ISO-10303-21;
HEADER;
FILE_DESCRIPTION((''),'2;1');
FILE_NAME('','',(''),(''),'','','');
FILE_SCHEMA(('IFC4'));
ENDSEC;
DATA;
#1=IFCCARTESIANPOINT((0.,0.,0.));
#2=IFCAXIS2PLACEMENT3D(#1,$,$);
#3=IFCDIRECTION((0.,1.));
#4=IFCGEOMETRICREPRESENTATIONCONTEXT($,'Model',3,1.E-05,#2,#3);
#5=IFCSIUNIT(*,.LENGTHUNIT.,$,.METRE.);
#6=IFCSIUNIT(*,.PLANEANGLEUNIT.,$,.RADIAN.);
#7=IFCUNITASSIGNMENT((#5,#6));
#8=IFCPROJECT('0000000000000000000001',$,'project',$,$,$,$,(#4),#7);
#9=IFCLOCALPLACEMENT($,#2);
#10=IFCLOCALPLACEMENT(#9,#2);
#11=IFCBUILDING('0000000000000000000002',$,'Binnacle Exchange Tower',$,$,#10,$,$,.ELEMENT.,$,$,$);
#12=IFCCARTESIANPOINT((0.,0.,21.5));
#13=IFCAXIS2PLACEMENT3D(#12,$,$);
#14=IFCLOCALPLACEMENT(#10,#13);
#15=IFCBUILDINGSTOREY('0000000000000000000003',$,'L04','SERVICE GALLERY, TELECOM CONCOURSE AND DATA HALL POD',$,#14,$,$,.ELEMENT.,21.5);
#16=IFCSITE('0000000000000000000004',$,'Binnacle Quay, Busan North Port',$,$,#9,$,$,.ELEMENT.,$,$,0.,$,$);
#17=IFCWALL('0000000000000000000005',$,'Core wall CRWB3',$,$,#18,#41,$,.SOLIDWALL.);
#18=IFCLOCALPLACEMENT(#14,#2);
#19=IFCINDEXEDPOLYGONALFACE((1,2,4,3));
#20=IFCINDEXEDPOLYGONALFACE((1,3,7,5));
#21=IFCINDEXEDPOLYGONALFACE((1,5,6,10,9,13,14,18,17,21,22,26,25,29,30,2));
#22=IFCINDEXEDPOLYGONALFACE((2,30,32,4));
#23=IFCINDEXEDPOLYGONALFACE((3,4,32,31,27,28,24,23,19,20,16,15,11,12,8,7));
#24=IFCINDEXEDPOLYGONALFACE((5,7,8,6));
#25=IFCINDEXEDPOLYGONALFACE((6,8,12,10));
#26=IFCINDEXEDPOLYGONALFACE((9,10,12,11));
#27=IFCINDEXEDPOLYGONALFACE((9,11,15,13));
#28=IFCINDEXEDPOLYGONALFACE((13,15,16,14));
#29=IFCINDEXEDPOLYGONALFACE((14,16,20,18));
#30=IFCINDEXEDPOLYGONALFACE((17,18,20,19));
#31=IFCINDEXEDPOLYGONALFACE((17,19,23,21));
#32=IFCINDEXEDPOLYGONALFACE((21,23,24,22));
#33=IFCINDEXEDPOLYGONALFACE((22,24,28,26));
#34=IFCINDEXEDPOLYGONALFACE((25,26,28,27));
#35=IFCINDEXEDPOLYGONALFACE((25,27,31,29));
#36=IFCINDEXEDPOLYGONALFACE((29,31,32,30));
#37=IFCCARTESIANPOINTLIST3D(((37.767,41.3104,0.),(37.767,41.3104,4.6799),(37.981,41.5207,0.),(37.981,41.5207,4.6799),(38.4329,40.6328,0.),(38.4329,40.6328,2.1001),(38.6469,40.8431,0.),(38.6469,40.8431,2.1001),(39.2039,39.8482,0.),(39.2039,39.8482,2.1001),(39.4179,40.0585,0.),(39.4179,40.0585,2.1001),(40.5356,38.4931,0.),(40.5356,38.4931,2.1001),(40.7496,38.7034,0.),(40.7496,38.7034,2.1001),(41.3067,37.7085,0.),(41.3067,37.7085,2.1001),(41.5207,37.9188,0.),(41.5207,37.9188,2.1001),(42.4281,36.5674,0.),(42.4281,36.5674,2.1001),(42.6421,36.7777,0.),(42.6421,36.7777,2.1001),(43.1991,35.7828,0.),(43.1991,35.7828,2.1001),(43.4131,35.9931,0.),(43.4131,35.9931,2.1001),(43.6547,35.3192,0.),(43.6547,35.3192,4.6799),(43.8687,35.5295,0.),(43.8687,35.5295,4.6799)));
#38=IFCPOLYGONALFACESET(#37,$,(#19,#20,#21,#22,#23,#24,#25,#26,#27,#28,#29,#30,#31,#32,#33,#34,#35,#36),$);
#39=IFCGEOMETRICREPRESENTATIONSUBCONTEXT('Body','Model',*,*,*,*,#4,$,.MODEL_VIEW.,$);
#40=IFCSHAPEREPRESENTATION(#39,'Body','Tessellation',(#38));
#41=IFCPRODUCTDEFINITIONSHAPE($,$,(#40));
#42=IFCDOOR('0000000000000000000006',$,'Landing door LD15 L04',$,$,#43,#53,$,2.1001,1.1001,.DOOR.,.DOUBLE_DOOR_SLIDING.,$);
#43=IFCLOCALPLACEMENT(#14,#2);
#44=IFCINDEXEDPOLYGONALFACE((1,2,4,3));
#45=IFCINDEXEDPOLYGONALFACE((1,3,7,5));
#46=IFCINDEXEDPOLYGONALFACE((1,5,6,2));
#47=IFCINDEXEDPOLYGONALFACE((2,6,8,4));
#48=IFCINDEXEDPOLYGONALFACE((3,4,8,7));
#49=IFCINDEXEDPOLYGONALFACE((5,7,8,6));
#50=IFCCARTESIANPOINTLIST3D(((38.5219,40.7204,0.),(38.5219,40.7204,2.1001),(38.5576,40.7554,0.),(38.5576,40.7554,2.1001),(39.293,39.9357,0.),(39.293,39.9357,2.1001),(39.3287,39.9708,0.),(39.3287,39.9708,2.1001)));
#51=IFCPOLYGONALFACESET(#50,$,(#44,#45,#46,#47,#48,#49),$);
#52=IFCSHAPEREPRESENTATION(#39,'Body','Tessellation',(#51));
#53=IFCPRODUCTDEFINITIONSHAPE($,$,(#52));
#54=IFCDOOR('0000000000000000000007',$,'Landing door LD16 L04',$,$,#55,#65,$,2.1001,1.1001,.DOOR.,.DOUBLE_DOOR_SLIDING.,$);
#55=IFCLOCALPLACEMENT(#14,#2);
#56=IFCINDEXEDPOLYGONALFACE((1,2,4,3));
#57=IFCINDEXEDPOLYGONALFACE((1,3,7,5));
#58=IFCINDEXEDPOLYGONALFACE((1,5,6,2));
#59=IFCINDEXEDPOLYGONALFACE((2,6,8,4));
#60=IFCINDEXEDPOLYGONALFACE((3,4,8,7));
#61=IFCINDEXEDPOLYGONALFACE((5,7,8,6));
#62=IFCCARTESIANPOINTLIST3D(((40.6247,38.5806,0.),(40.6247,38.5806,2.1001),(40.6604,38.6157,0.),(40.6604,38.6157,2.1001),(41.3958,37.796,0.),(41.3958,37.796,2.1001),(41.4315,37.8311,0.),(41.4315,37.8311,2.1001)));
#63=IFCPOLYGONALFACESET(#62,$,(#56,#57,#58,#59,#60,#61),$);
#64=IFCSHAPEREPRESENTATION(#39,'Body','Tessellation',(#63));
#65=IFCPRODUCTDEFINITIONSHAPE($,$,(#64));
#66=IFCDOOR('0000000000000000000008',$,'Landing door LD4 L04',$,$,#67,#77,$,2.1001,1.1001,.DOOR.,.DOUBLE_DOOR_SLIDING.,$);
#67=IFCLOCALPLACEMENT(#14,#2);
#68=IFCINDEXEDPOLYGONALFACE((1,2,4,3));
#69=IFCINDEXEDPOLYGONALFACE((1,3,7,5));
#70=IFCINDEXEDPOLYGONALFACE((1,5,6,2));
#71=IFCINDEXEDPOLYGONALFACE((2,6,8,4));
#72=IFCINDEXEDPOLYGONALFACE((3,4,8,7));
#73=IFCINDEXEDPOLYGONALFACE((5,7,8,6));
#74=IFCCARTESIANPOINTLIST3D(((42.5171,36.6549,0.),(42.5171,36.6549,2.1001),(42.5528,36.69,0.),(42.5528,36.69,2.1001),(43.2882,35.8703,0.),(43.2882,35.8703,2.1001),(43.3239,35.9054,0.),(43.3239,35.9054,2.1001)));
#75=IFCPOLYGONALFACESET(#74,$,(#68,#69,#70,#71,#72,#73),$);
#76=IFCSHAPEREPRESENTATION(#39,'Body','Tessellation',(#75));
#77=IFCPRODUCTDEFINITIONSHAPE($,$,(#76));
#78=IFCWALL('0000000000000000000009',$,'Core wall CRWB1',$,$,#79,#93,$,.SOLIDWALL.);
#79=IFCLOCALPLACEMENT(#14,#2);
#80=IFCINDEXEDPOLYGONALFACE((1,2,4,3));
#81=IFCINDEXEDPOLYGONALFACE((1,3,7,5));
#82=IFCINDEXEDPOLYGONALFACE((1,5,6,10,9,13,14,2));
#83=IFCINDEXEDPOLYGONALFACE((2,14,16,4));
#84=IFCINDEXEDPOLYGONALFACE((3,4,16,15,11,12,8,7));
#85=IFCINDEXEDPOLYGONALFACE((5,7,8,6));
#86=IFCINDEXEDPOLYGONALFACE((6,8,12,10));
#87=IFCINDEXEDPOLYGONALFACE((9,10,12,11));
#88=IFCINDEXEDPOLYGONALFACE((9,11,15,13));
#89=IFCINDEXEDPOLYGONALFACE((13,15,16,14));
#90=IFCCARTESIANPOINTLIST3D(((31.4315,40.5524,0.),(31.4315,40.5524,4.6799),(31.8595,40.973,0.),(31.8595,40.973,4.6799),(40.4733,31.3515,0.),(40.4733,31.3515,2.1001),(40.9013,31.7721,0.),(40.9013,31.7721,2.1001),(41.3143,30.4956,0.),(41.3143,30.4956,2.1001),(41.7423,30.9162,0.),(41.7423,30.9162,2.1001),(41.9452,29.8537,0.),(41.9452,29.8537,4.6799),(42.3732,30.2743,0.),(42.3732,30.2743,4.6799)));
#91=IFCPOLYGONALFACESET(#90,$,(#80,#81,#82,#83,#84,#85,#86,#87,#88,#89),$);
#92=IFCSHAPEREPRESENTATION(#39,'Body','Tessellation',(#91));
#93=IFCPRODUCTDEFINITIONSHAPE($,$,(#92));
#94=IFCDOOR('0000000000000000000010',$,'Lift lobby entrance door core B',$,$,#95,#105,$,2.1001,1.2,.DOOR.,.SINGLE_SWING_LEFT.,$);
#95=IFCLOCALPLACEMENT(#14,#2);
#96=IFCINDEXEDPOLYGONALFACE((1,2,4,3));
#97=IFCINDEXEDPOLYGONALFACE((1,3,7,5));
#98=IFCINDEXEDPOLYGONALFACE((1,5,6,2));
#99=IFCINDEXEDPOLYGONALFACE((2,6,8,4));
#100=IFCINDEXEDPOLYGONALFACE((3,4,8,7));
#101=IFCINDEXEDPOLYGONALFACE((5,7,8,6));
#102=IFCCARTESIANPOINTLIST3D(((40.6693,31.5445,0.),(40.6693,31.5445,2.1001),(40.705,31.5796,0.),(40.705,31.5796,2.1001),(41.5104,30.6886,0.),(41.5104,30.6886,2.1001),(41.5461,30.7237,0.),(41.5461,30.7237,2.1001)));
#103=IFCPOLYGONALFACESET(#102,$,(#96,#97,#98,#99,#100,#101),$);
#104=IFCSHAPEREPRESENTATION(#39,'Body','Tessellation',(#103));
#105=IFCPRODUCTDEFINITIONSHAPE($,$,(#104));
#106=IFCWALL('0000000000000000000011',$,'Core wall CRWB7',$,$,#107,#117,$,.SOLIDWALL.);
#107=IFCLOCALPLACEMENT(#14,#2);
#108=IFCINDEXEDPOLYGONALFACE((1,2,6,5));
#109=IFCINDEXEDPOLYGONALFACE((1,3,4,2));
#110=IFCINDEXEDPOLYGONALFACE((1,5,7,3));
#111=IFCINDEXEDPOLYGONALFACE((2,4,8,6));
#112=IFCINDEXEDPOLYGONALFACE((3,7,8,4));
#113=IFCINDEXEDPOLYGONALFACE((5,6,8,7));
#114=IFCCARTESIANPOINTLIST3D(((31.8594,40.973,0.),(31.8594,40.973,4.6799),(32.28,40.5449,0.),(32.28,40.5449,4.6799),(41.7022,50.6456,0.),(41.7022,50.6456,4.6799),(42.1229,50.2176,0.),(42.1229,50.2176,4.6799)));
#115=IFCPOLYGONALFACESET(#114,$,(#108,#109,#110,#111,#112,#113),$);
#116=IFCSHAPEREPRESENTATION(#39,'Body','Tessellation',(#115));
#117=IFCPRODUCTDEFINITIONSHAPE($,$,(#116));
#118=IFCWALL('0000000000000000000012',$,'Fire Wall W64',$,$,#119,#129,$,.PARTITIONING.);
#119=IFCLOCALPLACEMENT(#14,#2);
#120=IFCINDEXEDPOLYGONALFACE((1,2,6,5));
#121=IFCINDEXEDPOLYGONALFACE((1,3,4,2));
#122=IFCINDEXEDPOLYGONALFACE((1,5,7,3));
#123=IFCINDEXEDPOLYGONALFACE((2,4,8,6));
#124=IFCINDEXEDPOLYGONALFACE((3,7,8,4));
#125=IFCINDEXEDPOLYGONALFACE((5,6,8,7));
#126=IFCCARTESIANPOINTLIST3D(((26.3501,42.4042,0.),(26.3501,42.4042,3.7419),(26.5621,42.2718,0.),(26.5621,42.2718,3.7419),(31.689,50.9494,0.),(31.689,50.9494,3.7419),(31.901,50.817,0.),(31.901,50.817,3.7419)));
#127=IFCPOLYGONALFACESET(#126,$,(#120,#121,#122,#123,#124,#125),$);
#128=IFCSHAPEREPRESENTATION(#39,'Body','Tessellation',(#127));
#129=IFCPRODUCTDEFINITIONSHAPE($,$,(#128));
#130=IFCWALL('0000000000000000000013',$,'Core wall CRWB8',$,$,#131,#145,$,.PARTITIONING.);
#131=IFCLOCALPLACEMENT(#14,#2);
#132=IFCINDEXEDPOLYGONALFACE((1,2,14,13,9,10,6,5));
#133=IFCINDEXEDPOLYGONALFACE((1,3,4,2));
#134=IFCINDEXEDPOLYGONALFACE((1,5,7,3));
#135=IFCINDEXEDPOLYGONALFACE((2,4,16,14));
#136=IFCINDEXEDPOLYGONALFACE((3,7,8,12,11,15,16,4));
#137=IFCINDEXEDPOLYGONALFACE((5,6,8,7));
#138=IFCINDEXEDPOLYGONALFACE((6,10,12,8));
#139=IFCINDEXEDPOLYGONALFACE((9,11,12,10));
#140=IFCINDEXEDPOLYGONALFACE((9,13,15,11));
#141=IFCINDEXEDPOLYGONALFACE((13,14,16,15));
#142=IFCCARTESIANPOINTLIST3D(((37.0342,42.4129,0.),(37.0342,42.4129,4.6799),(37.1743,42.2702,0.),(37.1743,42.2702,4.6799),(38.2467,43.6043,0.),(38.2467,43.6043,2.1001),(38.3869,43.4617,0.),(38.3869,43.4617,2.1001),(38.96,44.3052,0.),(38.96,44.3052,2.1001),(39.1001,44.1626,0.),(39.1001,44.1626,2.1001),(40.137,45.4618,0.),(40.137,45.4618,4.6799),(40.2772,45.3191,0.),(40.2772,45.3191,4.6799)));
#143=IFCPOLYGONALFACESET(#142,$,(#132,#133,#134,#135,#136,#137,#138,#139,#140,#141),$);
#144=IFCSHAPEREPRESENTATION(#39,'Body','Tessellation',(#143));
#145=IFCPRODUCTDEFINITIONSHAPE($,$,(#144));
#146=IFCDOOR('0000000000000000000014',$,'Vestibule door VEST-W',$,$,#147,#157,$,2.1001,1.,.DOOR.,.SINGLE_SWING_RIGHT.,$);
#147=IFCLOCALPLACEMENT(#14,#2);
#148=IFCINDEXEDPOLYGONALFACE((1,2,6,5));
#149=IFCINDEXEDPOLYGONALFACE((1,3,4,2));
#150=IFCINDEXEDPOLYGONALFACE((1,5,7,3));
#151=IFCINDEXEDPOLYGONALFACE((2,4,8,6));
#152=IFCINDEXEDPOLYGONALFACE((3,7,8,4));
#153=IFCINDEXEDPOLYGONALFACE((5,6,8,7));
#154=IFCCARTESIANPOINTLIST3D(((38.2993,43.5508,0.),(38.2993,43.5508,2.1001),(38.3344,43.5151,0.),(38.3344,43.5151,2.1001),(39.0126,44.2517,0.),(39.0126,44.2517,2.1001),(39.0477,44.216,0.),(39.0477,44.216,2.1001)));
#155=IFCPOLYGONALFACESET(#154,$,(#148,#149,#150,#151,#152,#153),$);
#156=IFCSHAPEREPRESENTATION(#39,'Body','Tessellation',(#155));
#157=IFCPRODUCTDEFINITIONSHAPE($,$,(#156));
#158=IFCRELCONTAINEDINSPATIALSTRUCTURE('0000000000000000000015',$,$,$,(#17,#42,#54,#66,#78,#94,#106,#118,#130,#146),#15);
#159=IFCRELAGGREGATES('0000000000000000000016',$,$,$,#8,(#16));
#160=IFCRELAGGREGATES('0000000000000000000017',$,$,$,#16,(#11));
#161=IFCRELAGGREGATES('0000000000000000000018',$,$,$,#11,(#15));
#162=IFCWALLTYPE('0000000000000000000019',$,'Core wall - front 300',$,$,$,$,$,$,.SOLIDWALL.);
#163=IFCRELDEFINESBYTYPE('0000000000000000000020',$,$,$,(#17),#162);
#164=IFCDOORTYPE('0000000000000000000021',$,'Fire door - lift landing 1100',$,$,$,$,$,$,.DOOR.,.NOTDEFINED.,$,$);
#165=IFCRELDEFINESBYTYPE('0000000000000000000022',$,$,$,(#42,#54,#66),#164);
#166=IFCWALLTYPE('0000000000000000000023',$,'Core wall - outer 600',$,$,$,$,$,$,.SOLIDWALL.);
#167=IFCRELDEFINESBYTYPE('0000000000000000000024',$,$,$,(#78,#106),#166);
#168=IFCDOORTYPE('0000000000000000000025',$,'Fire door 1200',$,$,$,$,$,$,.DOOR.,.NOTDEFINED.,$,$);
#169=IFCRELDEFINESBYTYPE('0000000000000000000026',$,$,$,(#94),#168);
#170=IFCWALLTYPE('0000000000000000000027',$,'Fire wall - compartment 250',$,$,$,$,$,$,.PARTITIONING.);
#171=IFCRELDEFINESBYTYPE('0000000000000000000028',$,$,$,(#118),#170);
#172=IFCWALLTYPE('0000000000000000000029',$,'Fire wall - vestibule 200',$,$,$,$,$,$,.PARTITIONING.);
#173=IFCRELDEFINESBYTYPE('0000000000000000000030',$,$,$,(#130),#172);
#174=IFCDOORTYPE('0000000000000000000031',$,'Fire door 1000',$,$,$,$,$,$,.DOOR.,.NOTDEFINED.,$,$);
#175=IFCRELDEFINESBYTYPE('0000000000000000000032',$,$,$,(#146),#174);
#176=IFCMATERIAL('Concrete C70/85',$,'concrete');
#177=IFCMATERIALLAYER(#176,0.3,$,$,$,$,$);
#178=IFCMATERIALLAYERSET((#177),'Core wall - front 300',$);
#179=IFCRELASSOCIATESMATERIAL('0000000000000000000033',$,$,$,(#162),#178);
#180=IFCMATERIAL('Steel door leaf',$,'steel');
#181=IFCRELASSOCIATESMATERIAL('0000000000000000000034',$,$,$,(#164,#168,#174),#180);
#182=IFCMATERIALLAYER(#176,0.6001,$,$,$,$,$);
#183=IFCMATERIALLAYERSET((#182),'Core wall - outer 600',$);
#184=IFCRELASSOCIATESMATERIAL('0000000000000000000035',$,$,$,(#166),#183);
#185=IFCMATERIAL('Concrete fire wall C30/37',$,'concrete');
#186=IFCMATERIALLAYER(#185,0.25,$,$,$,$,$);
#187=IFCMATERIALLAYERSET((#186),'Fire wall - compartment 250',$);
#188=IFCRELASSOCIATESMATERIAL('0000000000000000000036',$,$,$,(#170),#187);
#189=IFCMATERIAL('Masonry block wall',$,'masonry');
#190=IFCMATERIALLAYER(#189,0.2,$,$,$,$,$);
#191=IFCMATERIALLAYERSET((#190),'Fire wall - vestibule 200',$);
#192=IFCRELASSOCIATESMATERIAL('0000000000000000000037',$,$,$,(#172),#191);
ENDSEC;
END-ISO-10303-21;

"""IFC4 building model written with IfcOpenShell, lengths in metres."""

from ifc_helpers import new_model, si_unit, direction, frame, frame_2d, origin, place, context, subcontext, project, spatial, rectangle, extrude, material, layer, layer_set, type_object, element, fill, save


model = new_model("IFC4")

# Units and contexts
model_context = context("Model", 3, precision=1e-05, world=origin(), true_north=direction((0.0, 1.0)))
body_context = subcontext(model_context, "Body", "Model", "MODEL_VIEW")
ifc_project = project(units=[si_unit("LENGTHUNIT", "METRE"), si_unit("PLANEANGLEUNIT", "RADIAN")], contexts=[model_context])

# Site, building, storey
site_placement = place(None, origin())
site = spatial("IfcSite", under=ifc_project, at=site_placement, Name="Binnacle Quay, Busan North Port", CompositionType="ELEMENT", RefElevation=0.0)
building_placement = place(site_placement, origin())
building = spatial("IfcBuilding", under=site, at=building_placement, Name="Binnacle Exchange Tower", CompositionType="ELEMENT")
storey_placement = place(building_placement, frame((0.0, 0.0, 21.5)))
storey = spatial("IfcBuildingStorey", under=building, at=storey_placement, Name="L04", Description="SERVICE GALLERY, TELECOM CONCOURSE AND DATA HALL POD", CompositionType="ELEMENT", Elevation=21.5)

# Shared definitions
ifc_material_1 = material(Name="Concrete C70/85", Category="concrete")

# Wall, openings, doors
ifc_layer_1 = layer(ifc_material_1, 0.3)
ifc_layer_set_1 = layer_set([ifc_layer_1], Name="Core wall - front 300")
wall_type_1 = type_object("IfcWallType", Name="Core wall - front 300", PredefinedType="SOLIDWALL", material=ifc_layer_set_1)
wall_1_placement = place(storey_placement, frame((37.874, 41.4155, 0.0), z_axis=(0.0, 0.0, 1.0), x_axis=(0.700918, -0.713242, 0.0)))
wall_1 = element("IfcWall", 1, at=wall_1_placement, inside=storey, type_object=wall_type_1, Name="Core wall CRWB3", PredefinedType="SOLIDWALL", context=body_context, shape_type="SweptSolid", body=[
    extrude(rectangle(XDim=8.3999, YDim=0.3, at=frame_2d((4.2, 0.0))), origin(), (0.0, 0.0, 1.0), 4.6799),
])
opening_1_placement = place(wall_1_placement, frame((0.95, 0.0, 0.0)))
opening_1 = element("IfcOpeningElement", 2, at=opening_1_placement, cuts=wall_1, PredefinedType="OPENING", context=body_context, shape_type="SweptSolid", body=[
    extrude(rectangle(XDim=1.1001, YDim=2.1001, at=frame_2d((0.55, 1.05))), frame((0.0, 0.1599, 0.0), z_axis=(0.0, -1.0, 0.0), x_axis=(1.0, 0.0, 0.0)), (0.0, 0.0, 1.0), 0.3201),
])
opening_2_placement = place(wall_1_placement, frame((3.95, 0.0, 0.0)))
opening_2 = element("IfcOpeningElement", 3, at=opening_2_placement, cuts=wall_1, PredefinedType="OPENING", context=body_context, shape_type="SweptSolid", body=[
    extrude(rectangle(XDim=1.1001, YDim=2.1001, at=frame_2d((0.55, 1.05))), frame((0.0, 0.1599, 0.0), z_axis=(0.0, -1.0, 0.0), x_axis=(1.0, 0.0, 0.0)), (0.0, 0.0, 1.0), 0.3201),
])
opening_3_placement = place(wall_1_placement, frame((6.6499, 0.0, 0.0)))
opening_3 = element("IfcOpeningElement", 4, at=opening_3_placement, cuts=wall_1, PredefinedType="OPENING", context=body_context, shape_type="SweptSolid", body=[
    extrude(rectangle(XDim=1.1001, YDim=2.1001, at=frame_2d((0.55, 1.05))), frame((0.0, 0.1599, 0.0), z_axis=(0.0, -1.0, 0.0), x_axis=(1.0, 0.0, 0.0)), (0.0, 0.0, 1.0), 0.3201),
])
ifc_material_2 = material(Name="Steel door leaf", Category="steel")
door_type_1 = type_object("IfcDoorType", Name="Fire door - lift landing 1100", OperationType="NOTDEFINED", PredefinedType="DOOR", material=ifc_material_2)
door_1_placement = place(opening_1_placement, origin())
door_1 = element("IfcDoor", 5, at=door_1_placement, inside=storey, type_object=door_type_1, Name="Landing door LD15 L04", OperationType="DOUBLE_DOOR_SLIDING", OverallHeight=2.1001, OverallWidth=1.1001, PredefinedType="DOOR", context=body_context, shape_type="SweptSolid", body=[
    extrude(rectangle(XDim=1.1001, YDim=2.1001, at=frame_2d((0.55, 1.05))), frame((0.0, 0.0249, 0.0), z_axis=(0.0, -1.0, 0.0), x_axis=(1.0, 0.0, 0.0)), (0.0, 0.0, 1.0), 0.05),
])
fill(opening_1, door_1)
door_2_placement = place(opening_2_placement, origin())
door_2 = element("IfcDoor", 6, at=door_2_placement, inside=storey, type_object=door_type_1, Name="Landing door LD16 L04", OperationType="DOUBLE_DOOR_SLIDING", OverallHeight=2.1001, OverallWidth=1.1001, PredefinedType="DOOR", context=body_context, shape_type="SweptSolid", body=[
    extrude(rectangle(XDim=1.1001, YDim=2.1001, at=frame_2d((0.55, 1.05))), frame((0.0, 0.0249, 0.0), z_axis=(0.0, -1.0, 0.0), x_axis=(1.0, 0.0, 0.0)), (0.0, 0.0, 1.0), 0.05),
])
fill(opening_2, door_2)
door_3_placement = place(opening_3_placement, origin())
door_3 = element("IfcDoor", 7, at=door_3_placement, inside=storey, type_object=door_type_1, Name="Landing door LD4 L04", OperationType="DOUBLE_DOOR_SLIDING", OverallHeight=2.1001, OverallWidth=1.1001, PredefinedType="DOOR", context=body_context, shape_type="SweptSolid", body=[
    extrude(rectangle(XDim=1.1001, YDim=2.1001, at=frame_2d((0.55, 1.05))), frame((0.0, 0.0249, 0.0), z_axis=(0.0, -1.0, 0.0), x_axis=(1.0, 0.0, 0.0)), (0.0, 0.0, 1.0), 0.05),
])
fill(opening_3, door_3)

# Wall, opening, door
ifc_layer_2 = layer(ifc_material_1, 0.6001)
ifc_layer_set_2 = layer_set([ifc_layer_2], Name="Core wall - outer 600")
wall_type_2 = type_object("IfcWallType", Name="Core wall - outer 600", PredefinedType="SOLIDWALL", material=ifc_layer_set_2)
wall_2_placement = place(storey_placement, frame((31.6455, 40.7627, 0.0), z_axis=(0.0, 0.0, 1.0), x_axis=(0.700911, -0.713248, 0.0)))
wall_2 = element("IfcWall", 8, at=wall_2_placement, inside=storey, type_object=wall_type_2, Name="Core wall CRWB1", PredefinedType="SOLIDWALL", context=body_context, shape_type="SweptSolid", body=[
    extrude(rectangle(XDim=15.0, YDim=0.6001, at=frame_2d((7.5, 0.0))), origin(), (0.0, 0.0, 1.0), 4.6799),
])
opening_4_placement = place(wall_2_placement, frame((12.8999, 0.0, 0.0)))
opening_4 = element("IfcOpeningElement", 9, at=opening_4_placement, cuts=wall_2, PredefinedType="OPENING", context=body_context, shape_type="SweptSolid", body=[
    extrude(rectangle(XDim=1.2, YDim=2.1001, at=frame_2d((0.6001, 1.05))), frame((0.0, 0.3101, 0.0), z_axis=(0.0, -1.0, 0.0), x_axis=(1.0, 0.0, 0.0)), (0.0, 0.0, 1.0), 0.6201),
])
door_type_2 = type_object("IfcDoorType", Name="Fire door 1200", OperationType="NOTDEFINED", PredefinedType="DOOR", material=ifc_material_2)
door_4_placement = place(opening_4_placement, frame((1.2, 0.0, 0.0), z_axis=(0.0, 0.0, 1.0), x_axis=(-1.0, 0.0, 0.0)))
door_4 = element("IfcDoor", 10, at=door_4_placement, inside=storey, type_object=door_type_2, Name="Lift lobby entrance door core B", OperationType="SINGLE_SWING_LEFT", OverallHeight=2.1001, OverallWidth=1.2, PredefinedType="DOOR", context=body_context, shape_type="SweptSolid", body=[
    extrude(rectangle(XDim=1.2, YDim=2.1001, at=frame_2d((0.6001, 1.05))), frame((0.0, 0.0249, 0.0), z_axis=(0.0, -1.0, 0.0), x_axis=(1.0, 0.0, 0.0)), (0.0, 0.0, 1.0), 0.05),
])
fill(opening_4, door_4)

# Walls
wall_3_placement = place(storey_placement, frame((32.0698, 40.759, 0.0), z_axis=(0.0, 0.0, 1.0), x_axis=(0.713245, 0.700914, 0.0)))
element("IfcWall", 11, at=wall_3_placement, inside=storey, type_object=wall_type_2, Name="Core wall CRWB7", PredefinedType="SOLIDWALL", context=body_context, shape_type="SweptSolid", body=[
    extrude(rectangle(XDim=13.8, YDim=0.6001, at=frame_2d((6.8999, 0.0))), origin(), (0.0, 0.0, 1.0), 4.6799),
])
ifc_material_3 = material(Name="Concrete fire wall C30/37", Category="concrete")
ifc_layer_3 = layer(ifc_material_3, 0.25)
ifc_layer_set_3 = layer_set([ifc_layer_3], Name="Fire wall - compartment 250")
wall_type_3 = type_object("IfcWallType", Name="Fire wall - compartment 250", PredefinedType="PARTITIONING", material=ifc_layer_set_3)
wall_4_placement = place(storey_placement, frame((26.4561, 42.3379, 0.0), z_axis=(0.0, 0.0, 1.0), x_axis=(0.529866, 0.848081, 0.0)))
element("IfcWall", 12, at=wall_4_placement, inside=storey, type_object=wall_type_3, Name="Fire Wall W64", PredefinedType="PARTITIONING", context=body_context, shape_type="SweptSolid", body=[
    extrude(rectangle(XDim=10.0759, YDim=0.25, at=frame_2d((5.0381, 0.0))), origin(), (0.0, 0.0, 1.0), 3.7419),
])

# Wall, opening, door
ifc_material_4 = material(Name="Masonry block wall", Category="masonry")
ifc_layer_4 = layer(ifc_material_4, 0.2)
ifc_layer_set_4 = layer_set([ifc_layer_4], Name="Fire wall - vestibule 200")
wall_type_4 = type_object("IfcWallType", Name="Fire wall - vestibule 200", PredefinedType="PARTITIONING", material=ifc_layer_set_4)
wall_5_placement = place(storey_placement, frame((37.1042, 42.3416, 0.0), z_axis=(0.0, 0.0, 1.0), x_axis=(0.713281, 0.700878, 0.0)))
wall_5 = element("IfcWall", 13, at=wall_5_placement, inside=storey, type_object=wall_type_4, Name="Core wall CRWB8", PredefinedType="PARTITIONING", context=body_context, shape_type="SweptSolid", body=[
    extrude(rectangle(XDim=4.3501, YDim=0.2, at=frame_2d((2.175, 0.0))), origin(), (0.0, 0.0, 1.0), 4.6799),
])
opening_5_placement = place(wall_5_placement, frame((1.7, 0.0, 0.0)))
opening_5 = element("IfcOpeningElement", 14, at=opening_5_placement, cuts=wall_5, PredefinedType="OPENING", context=body_context, shape_type="SweptSolid", body=[
    extrude(rectangle(XDim=1.0, YDim=2.1001, at=frame_2d((0.5, 1.05))), frame((0.0, 0.1099, 0.0), z_axis=(0.0, -1.0, 0.0), x_axis=(1.0, 0.0, 0.0)), (0.0, 0.0, 1.0), 0.22),
])
door_type_3 = type_object("IfcDoorType", Name="Fire door 1000", OperationType="NOTDEFINED", PredefinedType="DOOR", material=ifc_material_2)
door_5_placement = place(opening_5_placement, origin())
door_5 = element("IfcDoor", 15, at=door_5_placement, inside=storey, type_object=door_type_3, Name="Vestibule door VEST-W", OperationType="SINGLE_SWING_RIGHT", OverallHeight=2.1001, OverallWidth=1.0, PredefinedType="DOOR", context=body_context, shape_type="SweptSolid", body=[
    extrude(rectangle(XDim=1.0, YDim=2.1001, at=frame_2d((0.5, 1.05))), frame((0.0, 0.0249, 0.0), z_axis=(0.0, -1.0, 0.0), x_axis=(1.0, 0.0, 0.0)), (0.0, 0.0, 1.0), 0.05),
])
fill(opening_5, door_5)

save(model, "model.ifc")
